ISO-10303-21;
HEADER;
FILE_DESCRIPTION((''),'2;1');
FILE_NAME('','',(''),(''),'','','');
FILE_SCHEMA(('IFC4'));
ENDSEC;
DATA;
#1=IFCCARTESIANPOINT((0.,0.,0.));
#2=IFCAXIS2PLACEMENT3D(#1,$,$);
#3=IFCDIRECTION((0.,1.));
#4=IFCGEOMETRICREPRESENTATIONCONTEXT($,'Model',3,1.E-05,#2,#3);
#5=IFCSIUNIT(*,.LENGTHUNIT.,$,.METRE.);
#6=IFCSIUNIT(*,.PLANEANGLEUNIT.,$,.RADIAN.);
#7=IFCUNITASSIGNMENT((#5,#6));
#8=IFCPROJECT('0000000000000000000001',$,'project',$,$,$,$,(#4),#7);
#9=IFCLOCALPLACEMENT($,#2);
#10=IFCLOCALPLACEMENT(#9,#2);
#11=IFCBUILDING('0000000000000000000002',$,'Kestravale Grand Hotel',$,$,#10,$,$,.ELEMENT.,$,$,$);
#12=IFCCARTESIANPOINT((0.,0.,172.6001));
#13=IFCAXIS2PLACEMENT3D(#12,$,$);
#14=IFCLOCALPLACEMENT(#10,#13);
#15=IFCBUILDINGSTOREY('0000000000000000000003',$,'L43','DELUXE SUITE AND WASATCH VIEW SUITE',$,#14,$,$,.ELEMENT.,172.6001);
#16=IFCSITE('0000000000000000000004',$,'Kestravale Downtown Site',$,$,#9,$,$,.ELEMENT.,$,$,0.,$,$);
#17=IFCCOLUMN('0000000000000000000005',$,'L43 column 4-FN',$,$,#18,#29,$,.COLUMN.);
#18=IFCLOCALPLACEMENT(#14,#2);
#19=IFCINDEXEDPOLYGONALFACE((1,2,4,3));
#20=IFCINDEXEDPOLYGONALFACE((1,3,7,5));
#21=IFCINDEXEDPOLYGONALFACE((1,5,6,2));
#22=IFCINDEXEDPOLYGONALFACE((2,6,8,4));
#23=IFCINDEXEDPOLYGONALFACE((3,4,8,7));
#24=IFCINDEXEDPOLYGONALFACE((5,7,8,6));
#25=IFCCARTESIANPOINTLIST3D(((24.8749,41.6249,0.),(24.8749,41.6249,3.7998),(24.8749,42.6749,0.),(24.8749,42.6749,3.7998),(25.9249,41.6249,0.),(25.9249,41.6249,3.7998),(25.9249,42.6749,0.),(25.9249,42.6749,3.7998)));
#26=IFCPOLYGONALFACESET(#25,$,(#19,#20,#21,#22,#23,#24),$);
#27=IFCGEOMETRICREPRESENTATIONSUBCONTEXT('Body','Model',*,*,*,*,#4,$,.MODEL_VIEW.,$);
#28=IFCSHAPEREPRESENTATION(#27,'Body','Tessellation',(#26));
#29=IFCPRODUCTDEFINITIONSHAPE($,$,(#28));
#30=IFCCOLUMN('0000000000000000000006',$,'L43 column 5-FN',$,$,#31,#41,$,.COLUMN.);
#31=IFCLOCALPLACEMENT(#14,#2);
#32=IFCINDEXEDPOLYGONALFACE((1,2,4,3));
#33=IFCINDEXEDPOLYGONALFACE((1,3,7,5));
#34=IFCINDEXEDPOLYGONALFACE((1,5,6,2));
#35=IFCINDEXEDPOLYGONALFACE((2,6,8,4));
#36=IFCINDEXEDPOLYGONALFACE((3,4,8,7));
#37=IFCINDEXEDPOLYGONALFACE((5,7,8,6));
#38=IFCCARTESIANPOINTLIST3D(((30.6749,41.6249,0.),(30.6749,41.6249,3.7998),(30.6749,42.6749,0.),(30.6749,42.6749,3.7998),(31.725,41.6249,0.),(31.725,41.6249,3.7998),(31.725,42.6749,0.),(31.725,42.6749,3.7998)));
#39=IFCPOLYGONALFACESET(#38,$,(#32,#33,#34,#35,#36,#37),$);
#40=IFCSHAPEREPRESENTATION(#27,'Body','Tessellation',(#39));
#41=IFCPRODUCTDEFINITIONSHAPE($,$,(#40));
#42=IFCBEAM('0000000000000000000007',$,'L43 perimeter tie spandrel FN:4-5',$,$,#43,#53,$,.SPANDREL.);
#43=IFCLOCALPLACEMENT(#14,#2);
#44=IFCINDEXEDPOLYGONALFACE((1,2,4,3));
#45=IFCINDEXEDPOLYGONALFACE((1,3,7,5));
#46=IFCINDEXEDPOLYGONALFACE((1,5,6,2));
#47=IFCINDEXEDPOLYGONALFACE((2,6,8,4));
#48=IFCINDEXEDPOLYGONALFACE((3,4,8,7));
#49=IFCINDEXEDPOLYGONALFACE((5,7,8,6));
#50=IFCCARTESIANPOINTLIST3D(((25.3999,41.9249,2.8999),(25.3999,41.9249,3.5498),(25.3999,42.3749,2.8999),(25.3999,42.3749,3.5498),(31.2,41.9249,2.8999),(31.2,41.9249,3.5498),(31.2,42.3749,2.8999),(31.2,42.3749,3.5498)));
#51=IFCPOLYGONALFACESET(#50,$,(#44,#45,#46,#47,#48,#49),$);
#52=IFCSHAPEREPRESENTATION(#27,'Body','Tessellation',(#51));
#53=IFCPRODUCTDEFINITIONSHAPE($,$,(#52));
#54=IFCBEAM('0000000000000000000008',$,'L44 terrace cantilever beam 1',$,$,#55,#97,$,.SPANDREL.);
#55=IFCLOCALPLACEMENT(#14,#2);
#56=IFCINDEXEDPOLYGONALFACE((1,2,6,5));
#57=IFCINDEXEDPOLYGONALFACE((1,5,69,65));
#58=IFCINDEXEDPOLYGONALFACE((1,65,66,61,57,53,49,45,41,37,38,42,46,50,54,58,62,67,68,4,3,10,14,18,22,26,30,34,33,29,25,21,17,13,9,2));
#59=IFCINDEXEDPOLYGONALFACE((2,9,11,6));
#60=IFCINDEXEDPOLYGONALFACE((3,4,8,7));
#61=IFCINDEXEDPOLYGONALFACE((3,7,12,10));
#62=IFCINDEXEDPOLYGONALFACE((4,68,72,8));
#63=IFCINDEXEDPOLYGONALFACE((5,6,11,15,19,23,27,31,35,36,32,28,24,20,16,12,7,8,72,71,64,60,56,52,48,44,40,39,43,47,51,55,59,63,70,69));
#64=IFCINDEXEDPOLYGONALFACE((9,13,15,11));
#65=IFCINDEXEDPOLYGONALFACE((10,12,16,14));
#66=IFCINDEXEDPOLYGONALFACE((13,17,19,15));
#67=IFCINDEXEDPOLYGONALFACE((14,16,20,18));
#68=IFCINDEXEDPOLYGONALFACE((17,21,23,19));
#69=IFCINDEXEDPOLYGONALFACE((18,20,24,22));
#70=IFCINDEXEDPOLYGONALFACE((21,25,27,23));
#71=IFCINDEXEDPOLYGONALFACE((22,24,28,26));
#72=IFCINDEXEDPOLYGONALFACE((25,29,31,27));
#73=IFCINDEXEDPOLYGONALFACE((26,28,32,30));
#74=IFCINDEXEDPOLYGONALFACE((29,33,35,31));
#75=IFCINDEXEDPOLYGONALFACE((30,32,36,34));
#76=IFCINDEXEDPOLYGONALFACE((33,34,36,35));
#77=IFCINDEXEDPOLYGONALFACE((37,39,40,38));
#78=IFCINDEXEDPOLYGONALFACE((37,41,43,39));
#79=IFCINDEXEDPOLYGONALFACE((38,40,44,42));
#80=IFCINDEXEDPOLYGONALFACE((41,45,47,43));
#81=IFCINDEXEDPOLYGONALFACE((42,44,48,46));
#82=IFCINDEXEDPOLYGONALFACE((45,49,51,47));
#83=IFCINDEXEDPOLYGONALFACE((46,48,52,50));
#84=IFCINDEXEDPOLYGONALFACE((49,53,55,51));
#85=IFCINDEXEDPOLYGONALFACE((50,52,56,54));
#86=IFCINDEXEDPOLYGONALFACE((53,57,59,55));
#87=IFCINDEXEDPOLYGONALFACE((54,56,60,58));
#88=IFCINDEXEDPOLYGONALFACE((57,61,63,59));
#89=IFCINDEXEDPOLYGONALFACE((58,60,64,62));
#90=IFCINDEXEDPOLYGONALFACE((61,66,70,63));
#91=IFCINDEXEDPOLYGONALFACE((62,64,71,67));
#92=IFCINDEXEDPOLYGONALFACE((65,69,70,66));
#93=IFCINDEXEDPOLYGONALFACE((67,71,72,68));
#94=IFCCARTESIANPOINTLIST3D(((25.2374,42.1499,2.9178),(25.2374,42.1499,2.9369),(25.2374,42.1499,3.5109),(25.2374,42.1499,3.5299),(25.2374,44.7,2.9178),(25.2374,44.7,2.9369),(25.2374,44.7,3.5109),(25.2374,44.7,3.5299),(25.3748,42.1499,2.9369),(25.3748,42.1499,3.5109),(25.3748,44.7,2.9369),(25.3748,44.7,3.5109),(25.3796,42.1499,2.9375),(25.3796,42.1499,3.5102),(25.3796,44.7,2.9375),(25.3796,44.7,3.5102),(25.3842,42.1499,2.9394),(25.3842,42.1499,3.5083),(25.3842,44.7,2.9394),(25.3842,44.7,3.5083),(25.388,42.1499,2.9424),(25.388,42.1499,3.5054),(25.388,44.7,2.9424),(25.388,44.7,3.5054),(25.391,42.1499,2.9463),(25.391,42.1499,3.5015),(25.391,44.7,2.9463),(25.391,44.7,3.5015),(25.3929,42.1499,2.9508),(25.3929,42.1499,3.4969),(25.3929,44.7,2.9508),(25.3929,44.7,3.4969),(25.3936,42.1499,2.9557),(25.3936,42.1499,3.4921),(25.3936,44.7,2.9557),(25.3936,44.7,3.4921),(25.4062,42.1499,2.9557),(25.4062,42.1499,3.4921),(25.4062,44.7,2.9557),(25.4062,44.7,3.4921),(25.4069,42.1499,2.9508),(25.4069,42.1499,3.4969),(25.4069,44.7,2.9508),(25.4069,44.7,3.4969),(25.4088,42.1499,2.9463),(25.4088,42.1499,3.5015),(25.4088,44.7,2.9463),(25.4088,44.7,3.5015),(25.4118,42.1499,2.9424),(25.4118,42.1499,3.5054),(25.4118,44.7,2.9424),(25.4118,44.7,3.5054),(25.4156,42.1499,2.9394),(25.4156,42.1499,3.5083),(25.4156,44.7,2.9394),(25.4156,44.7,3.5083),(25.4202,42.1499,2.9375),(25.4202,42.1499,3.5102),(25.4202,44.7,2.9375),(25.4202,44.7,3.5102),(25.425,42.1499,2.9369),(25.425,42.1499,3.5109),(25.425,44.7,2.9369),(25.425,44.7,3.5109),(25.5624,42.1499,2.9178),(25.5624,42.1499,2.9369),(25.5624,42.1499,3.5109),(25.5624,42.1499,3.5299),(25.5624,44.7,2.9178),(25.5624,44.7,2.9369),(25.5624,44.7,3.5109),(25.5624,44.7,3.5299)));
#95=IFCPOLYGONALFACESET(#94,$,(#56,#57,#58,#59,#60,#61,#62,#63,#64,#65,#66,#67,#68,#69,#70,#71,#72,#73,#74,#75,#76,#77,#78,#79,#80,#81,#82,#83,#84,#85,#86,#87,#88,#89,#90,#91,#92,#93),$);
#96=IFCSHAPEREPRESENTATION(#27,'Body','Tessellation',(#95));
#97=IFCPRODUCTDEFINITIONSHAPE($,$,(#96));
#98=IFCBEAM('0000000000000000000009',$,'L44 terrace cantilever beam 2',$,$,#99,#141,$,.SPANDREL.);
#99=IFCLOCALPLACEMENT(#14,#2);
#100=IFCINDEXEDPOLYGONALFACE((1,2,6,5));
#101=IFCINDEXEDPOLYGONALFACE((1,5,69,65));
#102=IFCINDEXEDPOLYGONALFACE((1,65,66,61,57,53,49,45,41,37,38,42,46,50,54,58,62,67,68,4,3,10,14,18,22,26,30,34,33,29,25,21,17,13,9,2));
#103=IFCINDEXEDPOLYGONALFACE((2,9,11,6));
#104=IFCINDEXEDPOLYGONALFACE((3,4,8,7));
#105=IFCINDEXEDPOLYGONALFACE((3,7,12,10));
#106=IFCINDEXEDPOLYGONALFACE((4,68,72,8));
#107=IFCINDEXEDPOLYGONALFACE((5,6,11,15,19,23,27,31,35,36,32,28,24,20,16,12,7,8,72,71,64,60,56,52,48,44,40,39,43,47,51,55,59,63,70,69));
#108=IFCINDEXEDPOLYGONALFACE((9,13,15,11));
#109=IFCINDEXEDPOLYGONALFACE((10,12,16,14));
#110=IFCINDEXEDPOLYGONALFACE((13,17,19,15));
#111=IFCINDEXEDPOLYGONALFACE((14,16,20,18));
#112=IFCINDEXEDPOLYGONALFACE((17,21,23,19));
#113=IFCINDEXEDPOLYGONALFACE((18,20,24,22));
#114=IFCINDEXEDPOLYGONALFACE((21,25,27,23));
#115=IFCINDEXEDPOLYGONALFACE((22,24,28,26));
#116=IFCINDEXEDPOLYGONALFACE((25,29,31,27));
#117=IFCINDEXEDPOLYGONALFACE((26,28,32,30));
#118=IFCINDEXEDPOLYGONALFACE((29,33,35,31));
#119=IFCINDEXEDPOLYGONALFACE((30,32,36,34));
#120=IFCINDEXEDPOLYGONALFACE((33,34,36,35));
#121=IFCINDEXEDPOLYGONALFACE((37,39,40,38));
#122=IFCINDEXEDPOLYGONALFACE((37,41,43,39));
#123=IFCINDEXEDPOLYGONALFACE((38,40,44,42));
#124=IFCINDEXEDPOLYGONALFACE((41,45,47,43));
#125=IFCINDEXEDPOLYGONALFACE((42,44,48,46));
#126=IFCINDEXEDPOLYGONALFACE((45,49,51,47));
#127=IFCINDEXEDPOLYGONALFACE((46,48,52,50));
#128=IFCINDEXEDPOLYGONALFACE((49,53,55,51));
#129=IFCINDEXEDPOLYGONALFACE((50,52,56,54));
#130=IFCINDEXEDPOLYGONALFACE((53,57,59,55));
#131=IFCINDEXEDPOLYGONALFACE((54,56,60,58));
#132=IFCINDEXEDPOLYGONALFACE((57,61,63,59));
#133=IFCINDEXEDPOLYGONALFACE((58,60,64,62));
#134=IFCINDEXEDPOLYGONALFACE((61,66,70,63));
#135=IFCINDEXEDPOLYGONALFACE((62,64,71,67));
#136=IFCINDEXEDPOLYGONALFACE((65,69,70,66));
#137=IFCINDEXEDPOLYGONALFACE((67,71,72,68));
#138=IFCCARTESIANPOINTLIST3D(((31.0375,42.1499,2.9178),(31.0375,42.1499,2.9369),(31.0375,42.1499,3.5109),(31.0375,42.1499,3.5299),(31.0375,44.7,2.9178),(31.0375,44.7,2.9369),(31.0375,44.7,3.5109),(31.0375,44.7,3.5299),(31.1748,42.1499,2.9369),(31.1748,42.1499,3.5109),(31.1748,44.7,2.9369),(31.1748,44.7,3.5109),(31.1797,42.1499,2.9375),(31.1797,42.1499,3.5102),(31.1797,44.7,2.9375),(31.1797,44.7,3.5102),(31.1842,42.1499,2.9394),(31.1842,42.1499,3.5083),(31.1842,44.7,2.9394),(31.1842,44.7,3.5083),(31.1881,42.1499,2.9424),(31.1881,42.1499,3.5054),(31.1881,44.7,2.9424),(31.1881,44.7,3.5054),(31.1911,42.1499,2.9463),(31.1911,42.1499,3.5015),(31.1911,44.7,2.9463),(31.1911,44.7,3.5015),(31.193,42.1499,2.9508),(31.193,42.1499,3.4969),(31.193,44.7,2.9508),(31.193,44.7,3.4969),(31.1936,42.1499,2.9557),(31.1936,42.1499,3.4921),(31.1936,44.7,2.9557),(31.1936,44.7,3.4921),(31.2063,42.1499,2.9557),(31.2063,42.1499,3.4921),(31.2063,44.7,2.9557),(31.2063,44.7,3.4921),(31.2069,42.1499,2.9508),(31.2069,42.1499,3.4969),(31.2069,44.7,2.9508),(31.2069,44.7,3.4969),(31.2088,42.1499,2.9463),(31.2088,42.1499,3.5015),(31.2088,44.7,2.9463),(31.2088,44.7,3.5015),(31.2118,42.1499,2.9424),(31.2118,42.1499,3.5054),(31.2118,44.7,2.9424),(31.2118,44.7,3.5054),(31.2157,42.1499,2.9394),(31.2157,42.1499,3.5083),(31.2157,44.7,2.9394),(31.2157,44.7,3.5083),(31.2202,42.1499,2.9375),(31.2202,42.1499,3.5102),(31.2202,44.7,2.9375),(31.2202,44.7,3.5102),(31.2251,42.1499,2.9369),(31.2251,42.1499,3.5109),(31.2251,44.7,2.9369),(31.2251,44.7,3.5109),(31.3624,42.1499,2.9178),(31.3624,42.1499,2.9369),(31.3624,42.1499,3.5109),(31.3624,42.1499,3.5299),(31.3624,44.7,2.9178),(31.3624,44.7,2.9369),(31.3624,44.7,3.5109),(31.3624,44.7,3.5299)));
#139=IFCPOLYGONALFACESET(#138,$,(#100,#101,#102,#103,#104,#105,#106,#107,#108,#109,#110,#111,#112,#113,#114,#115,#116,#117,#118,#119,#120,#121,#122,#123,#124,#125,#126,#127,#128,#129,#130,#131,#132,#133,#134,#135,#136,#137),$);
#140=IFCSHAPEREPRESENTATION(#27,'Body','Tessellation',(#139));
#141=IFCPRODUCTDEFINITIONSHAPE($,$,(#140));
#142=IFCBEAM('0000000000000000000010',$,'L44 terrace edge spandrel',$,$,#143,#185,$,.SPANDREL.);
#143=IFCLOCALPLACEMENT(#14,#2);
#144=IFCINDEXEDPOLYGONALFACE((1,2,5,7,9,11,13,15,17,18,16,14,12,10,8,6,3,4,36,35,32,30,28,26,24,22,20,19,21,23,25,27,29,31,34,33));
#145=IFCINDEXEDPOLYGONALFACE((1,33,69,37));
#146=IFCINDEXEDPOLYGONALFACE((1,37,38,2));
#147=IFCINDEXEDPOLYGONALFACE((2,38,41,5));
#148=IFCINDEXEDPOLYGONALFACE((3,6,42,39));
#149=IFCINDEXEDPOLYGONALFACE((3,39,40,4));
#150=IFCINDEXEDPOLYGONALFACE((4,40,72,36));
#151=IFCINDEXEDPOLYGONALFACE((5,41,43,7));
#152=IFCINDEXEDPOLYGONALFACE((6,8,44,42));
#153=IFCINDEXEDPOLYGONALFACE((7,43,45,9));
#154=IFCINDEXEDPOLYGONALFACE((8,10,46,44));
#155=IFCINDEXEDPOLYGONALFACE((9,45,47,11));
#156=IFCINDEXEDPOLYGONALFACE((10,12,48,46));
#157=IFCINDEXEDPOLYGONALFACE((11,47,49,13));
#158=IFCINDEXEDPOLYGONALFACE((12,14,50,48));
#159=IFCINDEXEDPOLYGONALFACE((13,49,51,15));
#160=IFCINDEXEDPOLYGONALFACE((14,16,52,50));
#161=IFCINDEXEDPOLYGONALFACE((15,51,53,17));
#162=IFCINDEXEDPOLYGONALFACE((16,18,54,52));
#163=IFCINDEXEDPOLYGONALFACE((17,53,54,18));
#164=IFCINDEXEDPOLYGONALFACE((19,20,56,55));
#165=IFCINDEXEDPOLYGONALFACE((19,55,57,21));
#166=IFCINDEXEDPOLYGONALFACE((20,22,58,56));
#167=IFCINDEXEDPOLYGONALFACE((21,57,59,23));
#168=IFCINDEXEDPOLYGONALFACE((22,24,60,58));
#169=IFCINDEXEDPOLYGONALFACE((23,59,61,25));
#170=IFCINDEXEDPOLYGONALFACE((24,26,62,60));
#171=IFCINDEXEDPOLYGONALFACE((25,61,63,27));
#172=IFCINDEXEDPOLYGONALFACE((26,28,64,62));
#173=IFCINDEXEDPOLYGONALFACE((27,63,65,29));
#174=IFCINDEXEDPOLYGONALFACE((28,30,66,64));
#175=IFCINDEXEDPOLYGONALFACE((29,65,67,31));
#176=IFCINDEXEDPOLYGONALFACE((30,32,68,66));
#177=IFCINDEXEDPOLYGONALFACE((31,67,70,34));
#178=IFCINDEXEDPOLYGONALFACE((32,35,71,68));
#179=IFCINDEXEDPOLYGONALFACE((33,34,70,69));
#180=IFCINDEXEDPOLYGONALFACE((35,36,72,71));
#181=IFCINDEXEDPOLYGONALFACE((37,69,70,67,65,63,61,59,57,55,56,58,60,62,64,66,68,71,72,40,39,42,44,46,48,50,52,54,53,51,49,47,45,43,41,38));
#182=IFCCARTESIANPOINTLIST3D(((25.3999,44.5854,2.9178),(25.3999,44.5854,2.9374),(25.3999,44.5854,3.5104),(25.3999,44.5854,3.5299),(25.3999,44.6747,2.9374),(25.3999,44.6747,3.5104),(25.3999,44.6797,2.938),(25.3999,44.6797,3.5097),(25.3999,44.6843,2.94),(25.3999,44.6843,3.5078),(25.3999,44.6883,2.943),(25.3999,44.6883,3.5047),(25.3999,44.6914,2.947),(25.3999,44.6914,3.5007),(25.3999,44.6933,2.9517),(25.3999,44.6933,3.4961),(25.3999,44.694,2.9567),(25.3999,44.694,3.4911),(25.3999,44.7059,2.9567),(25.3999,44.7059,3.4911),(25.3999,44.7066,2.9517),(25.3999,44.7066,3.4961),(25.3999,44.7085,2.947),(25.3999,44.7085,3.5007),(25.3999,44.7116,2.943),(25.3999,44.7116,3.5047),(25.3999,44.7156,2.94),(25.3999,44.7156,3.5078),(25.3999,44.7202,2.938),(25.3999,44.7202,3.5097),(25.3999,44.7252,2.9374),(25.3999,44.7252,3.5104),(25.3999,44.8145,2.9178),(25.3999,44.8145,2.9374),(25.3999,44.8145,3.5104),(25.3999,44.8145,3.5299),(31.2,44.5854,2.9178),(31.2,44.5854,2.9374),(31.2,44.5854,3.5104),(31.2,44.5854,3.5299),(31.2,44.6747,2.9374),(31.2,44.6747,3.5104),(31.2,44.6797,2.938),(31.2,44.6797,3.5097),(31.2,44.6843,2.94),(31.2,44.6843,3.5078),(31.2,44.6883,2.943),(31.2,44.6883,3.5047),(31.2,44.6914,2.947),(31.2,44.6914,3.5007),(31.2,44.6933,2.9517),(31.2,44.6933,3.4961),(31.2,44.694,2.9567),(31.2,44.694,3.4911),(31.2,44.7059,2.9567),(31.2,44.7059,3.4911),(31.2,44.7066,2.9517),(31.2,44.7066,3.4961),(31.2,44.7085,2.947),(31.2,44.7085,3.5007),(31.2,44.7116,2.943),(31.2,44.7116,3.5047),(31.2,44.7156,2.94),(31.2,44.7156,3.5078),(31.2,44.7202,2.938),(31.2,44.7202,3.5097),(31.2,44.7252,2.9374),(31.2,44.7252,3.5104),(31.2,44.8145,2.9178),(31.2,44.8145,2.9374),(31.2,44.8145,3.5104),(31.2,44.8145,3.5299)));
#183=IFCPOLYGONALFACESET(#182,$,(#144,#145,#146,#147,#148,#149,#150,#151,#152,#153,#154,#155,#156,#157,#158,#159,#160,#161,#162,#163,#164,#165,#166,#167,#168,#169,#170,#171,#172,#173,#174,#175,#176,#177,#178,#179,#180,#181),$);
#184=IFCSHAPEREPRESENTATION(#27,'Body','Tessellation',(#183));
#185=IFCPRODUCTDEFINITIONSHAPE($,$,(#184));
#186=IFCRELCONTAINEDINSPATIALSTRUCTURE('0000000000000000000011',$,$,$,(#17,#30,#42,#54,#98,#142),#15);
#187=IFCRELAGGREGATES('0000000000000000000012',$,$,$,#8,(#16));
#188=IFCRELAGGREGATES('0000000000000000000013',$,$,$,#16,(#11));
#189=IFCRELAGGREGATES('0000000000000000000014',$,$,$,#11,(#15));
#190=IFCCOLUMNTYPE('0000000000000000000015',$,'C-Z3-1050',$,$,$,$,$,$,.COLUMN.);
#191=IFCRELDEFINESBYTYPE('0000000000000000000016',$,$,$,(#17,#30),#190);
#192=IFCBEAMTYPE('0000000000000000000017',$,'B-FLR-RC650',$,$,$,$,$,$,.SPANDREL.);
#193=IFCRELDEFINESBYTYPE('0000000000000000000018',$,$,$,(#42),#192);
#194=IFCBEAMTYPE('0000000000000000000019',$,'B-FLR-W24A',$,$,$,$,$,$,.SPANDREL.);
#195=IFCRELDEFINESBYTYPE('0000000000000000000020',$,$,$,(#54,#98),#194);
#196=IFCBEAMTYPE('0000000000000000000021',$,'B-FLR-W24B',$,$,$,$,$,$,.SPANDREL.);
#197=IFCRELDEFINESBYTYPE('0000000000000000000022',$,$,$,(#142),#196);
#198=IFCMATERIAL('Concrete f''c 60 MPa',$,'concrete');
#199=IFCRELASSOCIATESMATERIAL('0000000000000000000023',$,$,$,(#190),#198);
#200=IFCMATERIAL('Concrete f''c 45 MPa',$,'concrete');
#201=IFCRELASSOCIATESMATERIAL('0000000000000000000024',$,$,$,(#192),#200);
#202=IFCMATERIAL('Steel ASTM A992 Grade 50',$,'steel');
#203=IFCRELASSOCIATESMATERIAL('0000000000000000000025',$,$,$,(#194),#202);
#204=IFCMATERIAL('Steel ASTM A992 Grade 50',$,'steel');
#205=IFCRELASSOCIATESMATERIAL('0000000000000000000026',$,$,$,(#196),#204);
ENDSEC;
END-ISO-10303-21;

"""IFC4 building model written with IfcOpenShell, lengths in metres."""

from ifc_helpers import new_model, si_unit, direction, frame, origin, origin_2d, place, context, subcontext, project, spatial, rectangle, i_section, extrude, material, material_profile, profile_set, type_object, element, save


model = new_model("IFC4")

# Units and contexts
model_context = context("Model", 3, precision=1e-05, world=origin(), true_north=direction((0.0, 1.0)))
body_context = subcontext(model_context, "Body", "Model", "MODEL_VIEW")
ifc_project = project(units=[si_unit("LENGTHUNIT", "METRE"), si_unit("PLANEANGLEUNIT", "RADIAN")], contexts=[model_context])

# Site, building, storey
site_placement = place(None, origin())
site = spatial("IfcSite", under=ifc_project, at=site_placement, Name="Kestravale Downtown Site", CompositionType="ELEMENT", RefElevation=0.0)
building_placement = place(site_placement, origin())
building = spatial("IfcBuilding", under=site, at=building_placement, Name="Kestravale Grand Hotel", CompositionType="ELEMENT")
storey_placement = place(building_placement, frame((0.0, 0.0, 172.6001)))
storey = spatial("IfcBuildingStorey", under=building, at=storey_placement, Name="L43", Description="DELUXE SUITE AND WASATCH VIEW SUITE", CompositionType="ELEMENT", Elevation=172.6001)

# Columns
ifc_material_1 = material(Name="Concrete f'c 60 MPa", Category="concrete")
ifc_material_profile_1 = material_profile(ifc_material_1, rectangle(XDim=1.05, YDim=1.05, at=origin_2d()))
ifc_profile_set_1 = profile_set([ifc_material_profile_1], Name="Concrete f'c 60 MPa")
column_type = type_object("IfcColumnType", Name="C-Z3-1050", PredefinedType="COLUMN", material=ifc_profile_set_1)
for number, where, z_axis, x_axis, name in (
    (1, (25.3999, 42.1499, 0.0), (0.0, 0.0, 1.0), (1.0, 0.0, 0.0), "L43 column 4-FN"),
    (2, (31.2, 42.1499, 0.0), (0.0, 0.0, 1.0), (1.0, 0.0, 0.0), "L43 column 5-FN"),
):
    element("IfcColumn", number, at=place(storey_placement, frame(where, z_axis=z_axis, x_axis=x_axis)), inside=storey, type_object=column_type, Name=name, PredefinedType="COLUMN", context=body_context, shape_type="SweptSolid", body=[
        extrude(rectangle(XDim=1.05, YDim=1.05, at=origin_2d()), origin(), (0.0, 0.0, 1.0), 3.7998),
    ])

# Beams
ifc_material_2 = material(Name="Concrete f'c 45 MPa", Category="concrete")
ifc_material_profile_2 = material_profile(ifc_material_2, rectangle(XDim=0.45, YDim=0.6499, at=origin_2d()))
ifc_profile_set_2 = profile_set([ifc_material_profile_2], Name="Concrete f'c 45 MPa")
beam_type_1 = type_object("IfcBeamType", Name="B-FLR-RC650", PredefinedType="SPANDREL", material=ifc_profile_set_2)
beam_1_placement = place(storey_placement, frame((25.3999, 42.1499, 3.2249), z_axis=(1.0, 0.0, 0.0), x_axis=(0.0, 1.0, 0.0)))
element("IfcBeam", 3, at=beam_1_placement, inside=storey, type_object=beam_type_1, Name="L43 perimeter tie spandrel FN:4-5", PredefinedType="SPANDREL", context=body_context, shape_type="SweptSolid", body=[
    extrude(rectangle(XDim=0.45, YDim=0.6499, at=origin_2d()), origin(), (0.0, 0.0, 1.0), 5.8),
])
ifc_material_3 = material(Name="Steel ASTM A992 Grade 50", Category="steel")
ifc_material_profile_3 = material_profile(ifc_material_3, i_section(OverallWidth=0.325, OverallDepth=0.6121, WebThickness=0.0127, FlangeThickness=0.019, FilletRadius=0.0188, at=origin_2d()))
ifc_profile_set_3 = profile_set([ifc_material_profile_3], Name="Steel ASTM A992 Grade 50")
beam_type_2 = type_object("IfcBeamType", Name="B-FLR-W24A", PredefinedType="SPANDREL", material=ifc_profile_set_3)
for number, where, z_axis, x_axis, name in (
    (4, (25.3999, 42.1499, 3.2239), (0.0, 1.0, 0.0), (-1.0, 0.0, 0.0), "L44 terrace cantilever beam 1"),
    (5, (31.2, 42.1499, 3.2239), (0.0, 1.0, 0.0), (-1.0, 0.0, 0.0), "L44 terrace cantilever beam 2"),
):
    element("IfcBeam", number, at=place(storey_placement, frame(where, z_axis=z_axis, x_axis=x_axis)), inside=storey, type_object=beam_type_2, Name=name, PredefinedType="SPANDREL", context=body_context, shape_type="SweptSolid", body=[
        extrude(i_section(OverallWidth=0.325, OverallDepth=0.6121, WebThickness=0.0127, FlangeThickness=0.019, FilletRadius=0.0188, at=origin_2d()), origin(), (0.0, 0.0, 1.0), 2.55),
    ])
ifc_material_4 = material(Name="Steel ASTM A992 Grade 50", Category="steel")
ifc_material_profile_4 = material_profile(ifc_material_4, i_section(OverallWidth=0.229, OverallDepth=0.6121, WebThickness=0.012, FlangeThickness=0.0195, FilletRadius=0.0193, at=origin_2d()))
ifc_profile_set_4 = profile_set([ifc_material_profile_4], Name="Steel ASTM A992 Grade 50")
beam_type_3 = type_object("IfcBeamType", Name="B-FLR-W24B", PredefinedType="SPANDREL", material=ifc_profile_set_4)
beam_2_placement = place(storey_placement, frame((25.3999, 44.7, 3.2239), z_axis=(1.0, 0.0, 0.0), x_axis=(0.0, 1.0, 0.0)))
element("IfcBeam", 6, at=beam_2_placement, inside=storey, type_object=beam_type_3, Name="L44 terrace edge spandrel", PredefinedType="SPANDREL", context=body_context, shape_type="SweptSolid", body=[
    extrude(i_section(OverallWidth=0.229, OverallDepth=0.6121, WebThickness=0.012, FlangeThickness=0.0195, FilletRadius=0.0193, at=origin_2d()), origin(), (0.0, 0.0, 1.0), 5.8),
])

save(model, "model.ifc")
